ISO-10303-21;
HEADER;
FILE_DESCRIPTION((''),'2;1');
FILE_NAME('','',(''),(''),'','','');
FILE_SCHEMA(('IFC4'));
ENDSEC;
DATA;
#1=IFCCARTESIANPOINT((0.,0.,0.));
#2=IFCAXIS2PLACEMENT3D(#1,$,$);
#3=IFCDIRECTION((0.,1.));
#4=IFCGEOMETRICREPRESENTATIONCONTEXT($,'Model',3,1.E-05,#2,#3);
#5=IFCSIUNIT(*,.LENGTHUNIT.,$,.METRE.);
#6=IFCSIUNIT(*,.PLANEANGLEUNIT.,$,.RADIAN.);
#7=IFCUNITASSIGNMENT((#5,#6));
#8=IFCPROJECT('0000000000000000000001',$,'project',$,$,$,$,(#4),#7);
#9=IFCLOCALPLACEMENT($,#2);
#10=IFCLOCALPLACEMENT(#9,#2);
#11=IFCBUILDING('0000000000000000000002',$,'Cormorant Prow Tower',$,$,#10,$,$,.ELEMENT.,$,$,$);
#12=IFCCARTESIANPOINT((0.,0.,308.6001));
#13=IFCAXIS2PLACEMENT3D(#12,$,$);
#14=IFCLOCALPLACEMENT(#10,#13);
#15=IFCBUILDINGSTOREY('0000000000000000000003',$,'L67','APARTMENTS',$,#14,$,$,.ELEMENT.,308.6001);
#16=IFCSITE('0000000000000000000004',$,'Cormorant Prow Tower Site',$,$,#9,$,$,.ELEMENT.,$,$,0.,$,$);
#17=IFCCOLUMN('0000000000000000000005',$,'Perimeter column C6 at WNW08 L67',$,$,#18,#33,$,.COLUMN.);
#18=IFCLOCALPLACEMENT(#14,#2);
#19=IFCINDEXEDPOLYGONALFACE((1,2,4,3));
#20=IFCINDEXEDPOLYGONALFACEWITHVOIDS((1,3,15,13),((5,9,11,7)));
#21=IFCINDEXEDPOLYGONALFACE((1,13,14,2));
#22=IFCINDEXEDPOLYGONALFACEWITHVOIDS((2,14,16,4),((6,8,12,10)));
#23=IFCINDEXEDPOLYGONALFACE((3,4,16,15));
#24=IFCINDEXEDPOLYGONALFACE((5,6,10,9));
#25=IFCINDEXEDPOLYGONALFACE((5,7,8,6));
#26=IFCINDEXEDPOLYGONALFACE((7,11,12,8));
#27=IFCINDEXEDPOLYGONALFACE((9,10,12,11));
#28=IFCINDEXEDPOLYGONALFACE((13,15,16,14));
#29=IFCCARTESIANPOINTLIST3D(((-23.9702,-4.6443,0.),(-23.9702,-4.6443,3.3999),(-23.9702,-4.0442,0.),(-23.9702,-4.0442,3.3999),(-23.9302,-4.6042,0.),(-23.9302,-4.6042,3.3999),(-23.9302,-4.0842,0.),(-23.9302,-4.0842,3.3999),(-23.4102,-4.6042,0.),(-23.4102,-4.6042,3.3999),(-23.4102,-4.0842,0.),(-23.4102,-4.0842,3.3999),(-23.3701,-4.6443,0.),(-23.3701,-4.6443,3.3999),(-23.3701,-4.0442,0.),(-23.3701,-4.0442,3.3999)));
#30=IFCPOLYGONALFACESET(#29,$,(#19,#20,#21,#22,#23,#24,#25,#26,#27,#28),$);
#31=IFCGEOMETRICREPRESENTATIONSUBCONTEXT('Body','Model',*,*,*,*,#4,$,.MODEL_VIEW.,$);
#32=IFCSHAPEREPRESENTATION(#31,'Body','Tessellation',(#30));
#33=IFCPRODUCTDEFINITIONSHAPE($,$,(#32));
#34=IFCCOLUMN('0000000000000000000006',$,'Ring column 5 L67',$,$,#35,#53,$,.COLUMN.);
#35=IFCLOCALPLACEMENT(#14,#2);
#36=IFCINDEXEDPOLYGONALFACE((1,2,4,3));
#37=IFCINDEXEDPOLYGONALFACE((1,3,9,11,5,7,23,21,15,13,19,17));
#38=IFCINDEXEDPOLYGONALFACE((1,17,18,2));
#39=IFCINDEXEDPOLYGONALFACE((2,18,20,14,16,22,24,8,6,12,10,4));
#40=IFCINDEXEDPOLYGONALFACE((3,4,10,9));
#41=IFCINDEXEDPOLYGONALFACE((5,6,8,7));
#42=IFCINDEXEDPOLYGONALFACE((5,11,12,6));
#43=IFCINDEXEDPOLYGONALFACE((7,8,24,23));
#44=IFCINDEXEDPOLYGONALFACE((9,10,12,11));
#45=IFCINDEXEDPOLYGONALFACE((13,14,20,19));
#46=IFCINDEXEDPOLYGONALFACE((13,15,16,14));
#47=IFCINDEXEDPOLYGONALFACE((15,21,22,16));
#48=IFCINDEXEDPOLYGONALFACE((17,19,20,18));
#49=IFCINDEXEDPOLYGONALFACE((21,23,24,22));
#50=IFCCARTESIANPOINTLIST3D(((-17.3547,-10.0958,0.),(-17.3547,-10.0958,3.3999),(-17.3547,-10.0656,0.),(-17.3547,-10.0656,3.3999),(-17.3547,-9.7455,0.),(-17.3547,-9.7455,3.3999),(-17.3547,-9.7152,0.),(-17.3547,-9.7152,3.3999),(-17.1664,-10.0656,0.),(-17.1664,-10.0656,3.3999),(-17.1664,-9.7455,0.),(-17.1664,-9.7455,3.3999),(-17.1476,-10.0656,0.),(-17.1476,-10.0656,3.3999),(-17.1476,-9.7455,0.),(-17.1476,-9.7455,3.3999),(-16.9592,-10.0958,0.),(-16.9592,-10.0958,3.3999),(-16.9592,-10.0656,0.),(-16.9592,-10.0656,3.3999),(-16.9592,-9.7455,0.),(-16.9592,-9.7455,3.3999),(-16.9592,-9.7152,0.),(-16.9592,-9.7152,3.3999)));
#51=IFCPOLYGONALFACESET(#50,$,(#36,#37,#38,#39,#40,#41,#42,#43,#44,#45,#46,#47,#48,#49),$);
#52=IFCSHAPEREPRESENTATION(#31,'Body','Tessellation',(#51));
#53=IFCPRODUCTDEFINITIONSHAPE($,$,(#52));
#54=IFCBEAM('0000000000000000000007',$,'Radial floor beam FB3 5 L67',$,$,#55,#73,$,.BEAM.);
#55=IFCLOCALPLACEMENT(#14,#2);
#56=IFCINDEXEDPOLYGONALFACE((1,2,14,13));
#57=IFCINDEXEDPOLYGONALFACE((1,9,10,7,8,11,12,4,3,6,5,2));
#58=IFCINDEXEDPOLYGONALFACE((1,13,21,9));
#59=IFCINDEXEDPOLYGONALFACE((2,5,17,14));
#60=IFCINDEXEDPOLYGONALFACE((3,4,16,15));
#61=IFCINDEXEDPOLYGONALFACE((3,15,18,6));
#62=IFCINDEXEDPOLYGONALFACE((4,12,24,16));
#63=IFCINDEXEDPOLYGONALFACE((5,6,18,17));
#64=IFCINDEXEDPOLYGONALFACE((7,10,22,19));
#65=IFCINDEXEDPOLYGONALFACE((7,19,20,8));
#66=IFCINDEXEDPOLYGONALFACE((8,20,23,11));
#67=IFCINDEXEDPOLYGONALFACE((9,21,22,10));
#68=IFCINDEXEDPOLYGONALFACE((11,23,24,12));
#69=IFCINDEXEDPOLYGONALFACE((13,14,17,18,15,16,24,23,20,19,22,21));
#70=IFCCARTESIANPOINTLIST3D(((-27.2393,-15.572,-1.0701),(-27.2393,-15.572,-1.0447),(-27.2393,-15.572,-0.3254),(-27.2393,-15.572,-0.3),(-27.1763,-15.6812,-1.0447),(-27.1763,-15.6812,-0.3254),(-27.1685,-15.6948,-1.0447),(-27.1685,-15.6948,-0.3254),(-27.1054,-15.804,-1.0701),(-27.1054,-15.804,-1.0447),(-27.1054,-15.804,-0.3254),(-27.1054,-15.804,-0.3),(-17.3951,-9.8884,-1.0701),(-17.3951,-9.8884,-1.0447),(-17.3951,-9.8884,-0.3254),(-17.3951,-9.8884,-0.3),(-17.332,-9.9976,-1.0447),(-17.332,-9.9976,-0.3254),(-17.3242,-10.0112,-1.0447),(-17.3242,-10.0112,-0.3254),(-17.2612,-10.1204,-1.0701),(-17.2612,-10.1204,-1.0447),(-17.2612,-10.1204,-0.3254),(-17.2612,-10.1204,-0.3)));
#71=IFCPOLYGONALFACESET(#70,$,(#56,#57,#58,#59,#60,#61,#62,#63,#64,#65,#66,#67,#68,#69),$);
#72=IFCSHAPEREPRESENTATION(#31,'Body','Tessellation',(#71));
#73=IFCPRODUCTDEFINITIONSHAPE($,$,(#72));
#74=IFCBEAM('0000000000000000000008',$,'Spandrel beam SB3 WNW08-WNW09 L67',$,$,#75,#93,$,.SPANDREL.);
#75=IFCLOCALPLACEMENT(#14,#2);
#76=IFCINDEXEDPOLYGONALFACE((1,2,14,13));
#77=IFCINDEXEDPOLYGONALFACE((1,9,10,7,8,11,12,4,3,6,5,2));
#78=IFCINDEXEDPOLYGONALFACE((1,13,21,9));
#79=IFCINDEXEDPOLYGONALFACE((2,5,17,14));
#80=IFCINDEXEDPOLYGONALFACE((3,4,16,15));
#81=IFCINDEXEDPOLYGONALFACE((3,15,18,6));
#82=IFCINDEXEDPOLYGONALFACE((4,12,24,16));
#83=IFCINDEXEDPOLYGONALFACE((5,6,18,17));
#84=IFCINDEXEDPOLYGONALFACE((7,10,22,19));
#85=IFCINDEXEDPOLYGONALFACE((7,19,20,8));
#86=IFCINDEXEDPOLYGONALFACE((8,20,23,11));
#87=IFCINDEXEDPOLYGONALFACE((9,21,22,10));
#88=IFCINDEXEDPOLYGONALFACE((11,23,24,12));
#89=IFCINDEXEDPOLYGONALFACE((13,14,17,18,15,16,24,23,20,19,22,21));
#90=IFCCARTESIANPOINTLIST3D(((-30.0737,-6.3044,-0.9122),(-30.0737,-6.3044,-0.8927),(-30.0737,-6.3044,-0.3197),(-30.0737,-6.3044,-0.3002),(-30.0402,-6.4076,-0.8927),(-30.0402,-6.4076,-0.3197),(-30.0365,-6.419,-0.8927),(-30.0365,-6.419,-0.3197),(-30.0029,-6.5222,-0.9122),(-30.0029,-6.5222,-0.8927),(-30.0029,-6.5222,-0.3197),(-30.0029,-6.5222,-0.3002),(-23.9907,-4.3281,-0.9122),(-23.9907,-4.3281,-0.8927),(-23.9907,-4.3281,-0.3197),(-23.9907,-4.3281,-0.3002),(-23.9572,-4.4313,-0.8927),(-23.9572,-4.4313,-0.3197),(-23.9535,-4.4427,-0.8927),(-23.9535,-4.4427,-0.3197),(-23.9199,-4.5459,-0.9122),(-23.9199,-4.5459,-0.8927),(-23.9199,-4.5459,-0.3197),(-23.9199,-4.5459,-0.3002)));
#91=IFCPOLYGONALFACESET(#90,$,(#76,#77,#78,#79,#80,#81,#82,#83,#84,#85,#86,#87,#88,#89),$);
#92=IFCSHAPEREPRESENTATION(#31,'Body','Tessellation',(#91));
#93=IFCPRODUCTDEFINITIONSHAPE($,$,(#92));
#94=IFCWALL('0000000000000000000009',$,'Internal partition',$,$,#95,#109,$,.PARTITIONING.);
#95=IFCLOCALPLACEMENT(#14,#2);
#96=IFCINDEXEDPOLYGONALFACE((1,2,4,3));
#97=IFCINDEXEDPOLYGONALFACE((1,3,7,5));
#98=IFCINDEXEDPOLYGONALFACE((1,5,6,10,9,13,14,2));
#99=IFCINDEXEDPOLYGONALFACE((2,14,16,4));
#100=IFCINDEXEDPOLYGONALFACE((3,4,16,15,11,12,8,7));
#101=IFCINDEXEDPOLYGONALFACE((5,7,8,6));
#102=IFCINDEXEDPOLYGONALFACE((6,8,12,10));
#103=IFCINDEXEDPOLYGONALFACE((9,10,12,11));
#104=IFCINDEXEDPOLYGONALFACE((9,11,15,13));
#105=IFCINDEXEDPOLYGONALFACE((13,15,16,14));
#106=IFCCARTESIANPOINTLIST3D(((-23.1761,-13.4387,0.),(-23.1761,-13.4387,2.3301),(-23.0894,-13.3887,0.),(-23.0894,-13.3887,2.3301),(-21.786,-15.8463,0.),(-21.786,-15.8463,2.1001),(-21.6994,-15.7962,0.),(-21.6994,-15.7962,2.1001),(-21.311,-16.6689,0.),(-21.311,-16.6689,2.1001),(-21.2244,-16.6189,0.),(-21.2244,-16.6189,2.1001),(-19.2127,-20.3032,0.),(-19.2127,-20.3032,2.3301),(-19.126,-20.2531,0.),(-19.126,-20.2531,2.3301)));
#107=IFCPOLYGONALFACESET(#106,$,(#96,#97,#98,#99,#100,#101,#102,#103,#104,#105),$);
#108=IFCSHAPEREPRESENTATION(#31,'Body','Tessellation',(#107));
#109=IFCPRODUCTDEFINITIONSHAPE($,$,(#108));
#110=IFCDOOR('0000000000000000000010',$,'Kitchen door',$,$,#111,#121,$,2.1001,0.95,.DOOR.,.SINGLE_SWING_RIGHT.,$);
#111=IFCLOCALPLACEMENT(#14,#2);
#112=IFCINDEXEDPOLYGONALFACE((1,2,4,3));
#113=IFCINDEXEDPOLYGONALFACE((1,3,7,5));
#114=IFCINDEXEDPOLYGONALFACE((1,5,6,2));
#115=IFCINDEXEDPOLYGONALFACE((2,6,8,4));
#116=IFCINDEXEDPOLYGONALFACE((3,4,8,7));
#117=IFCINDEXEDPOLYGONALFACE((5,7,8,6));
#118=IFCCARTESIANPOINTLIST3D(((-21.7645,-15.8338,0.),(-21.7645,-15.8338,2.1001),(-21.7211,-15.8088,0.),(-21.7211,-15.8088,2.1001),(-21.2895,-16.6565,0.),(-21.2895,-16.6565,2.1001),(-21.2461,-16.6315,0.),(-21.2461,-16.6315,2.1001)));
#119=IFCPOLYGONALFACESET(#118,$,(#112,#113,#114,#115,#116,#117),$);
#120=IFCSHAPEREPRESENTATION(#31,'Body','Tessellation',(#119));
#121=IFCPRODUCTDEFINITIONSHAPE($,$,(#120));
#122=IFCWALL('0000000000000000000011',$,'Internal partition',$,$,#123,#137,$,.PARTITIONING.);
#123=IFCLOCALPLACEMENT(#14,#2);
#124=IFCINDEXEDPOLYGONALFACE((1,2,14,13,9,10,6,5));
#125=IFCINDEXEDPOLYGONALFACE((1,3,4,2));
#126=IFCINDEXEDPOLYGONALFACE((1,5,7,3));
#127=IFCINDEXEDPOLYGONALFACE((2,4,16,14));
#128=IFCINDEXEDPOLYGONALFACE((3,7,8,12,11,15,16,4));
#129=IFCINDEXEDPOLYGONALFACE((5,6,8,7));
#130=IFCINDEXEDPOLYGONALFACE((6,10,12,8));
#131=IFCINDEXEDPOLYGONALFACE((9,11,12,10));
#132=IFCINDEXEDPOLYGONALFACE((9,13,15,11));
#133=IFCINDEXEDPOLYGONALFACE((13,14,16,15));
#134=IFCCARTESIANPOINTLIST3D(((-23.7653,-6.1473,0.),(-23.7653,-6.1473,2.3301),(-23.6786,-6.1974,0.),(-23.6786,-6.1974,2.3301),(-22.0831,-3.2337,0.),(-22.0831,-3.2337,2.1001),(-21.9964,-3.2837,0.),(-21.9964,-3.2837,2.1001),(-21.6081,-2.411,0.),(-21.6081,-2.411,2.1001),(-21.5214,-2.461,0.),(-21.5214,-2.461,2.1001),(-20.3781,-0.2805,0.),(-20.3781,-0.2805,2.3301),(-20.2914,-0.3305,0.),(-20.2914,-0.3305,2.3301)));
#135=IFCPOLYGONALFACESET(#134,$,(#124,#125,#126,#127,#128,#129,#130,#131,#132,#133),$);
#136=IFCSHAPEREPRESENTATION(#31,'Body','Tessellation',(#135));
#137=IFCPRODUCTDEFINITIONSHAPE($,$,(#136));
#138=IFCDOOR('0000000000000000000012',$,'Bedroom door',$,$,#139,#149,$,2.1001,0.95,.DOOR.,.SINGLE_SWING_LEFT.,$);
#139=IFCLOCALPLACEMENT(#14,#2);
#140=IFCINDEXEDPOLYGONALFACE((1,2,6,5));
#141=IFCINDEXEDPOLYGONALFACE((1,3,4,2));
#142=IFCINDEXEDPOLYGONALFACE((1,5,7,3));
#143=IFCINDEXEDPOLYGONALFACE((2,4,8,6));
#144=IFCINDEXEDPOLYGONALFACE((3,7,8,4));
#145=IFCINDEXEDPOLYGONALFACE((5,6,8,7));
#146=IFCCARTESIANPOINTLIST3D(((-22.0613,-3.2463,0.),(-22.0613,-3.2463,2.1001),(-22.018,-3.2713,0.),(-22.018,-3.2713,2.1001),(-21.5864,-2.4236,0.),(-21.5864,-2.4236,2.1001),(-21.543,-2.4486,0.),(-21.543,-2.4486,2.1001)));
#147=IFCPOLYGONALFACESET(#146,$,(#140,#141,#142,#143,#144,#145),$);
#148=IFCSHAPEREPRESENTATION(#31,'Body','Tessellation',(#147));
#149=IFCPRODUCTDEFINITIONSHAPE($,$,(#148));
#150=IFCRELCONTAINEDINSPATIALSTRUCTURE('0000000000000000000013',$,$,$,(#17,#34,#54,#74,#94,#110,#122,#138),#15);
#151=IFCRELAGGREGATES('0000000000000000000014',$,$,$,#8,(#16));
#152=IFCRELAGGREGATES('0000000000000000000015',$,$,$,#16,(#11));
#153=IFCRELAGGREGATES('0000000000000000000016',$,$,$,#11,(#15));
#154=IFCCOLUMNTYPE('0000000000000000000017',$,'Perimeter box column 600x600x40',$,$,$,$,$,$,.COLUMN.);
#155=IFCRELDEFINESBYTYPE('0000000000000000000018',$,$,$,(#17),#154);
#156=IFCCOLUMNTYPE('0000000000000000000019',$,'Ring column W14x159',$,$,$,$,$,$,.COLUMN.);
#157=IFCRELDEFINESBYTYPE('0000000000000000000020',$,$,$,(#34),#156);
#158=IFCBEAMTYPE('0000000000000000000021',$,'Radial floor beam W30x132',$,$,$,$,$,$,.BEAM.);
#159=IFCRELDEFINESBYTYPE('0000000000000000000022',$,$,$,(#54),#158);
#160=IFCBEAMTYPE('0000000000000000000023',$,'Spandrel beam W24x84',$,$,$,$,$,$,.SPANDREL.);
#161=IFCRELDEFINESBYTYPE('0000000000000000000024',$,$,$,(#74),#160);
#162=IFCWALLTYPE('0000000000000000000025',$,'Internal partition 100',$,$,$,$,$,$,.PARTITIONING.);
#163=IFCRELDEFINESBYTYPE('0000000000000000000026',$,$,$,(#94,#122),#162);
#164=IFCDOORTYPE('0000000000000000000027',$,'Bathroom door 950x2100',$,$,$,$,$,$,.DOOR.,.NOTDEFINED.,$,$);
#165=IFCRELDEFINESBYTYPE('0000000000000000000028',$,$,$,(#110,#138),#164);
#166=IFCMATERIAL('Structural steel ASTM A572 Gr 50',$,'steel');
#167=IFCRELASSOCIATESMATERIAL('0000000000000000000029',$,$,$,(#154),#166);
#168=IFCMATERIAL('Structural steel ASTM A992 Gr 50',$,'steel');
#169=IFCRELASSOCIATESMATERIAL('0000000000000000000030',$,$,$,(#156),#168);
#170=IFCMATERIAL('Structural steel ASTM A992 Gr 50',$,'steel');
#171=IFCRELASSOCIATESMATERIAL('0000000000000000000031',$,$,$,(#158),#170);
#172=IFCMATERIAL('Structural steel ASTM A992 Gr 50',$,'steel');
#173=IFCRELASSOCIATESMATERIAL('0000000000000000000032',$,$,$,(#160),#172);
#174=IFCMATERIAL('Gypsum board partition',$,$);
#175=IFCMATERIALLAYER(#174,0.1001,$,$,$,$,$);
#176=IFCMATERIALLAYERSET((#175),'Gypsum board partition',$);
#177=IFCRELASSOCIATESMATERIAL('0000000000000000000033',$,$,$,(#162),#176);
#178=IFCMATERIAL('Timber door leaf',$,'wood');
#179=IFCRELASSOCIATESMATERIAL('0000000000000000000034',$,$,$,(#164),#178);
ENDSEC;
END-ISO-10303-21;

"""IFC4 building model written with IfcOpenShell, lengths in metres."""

from ifc_helpers import new_model, si_unit, direction, frame, frame_2d, origin, origin_2d, place, context, subcontext, project, spatial, rectangle, hollow_rectangle, i_section, extrude, material, layer, layer_set, material_profile, profile_set, type_object, element, fill, save


model = new_model("IFC4")

# Units and contexts
model_context = context("Model", 3, precision=1e-05, world=origin(), true_north=direction((0.0, 1.0)))
body_context = subcontext(model_context, "Body", "Model", "MODEL_VIEW")
ifc_project = project(units=[si_unit("LENGTHUNIT", "METRE"), si_unit("PLANEANGLEUNIT", "RADIAN")], contexts=[model_context])

# Site, building, storey
site_placement = place(None, origin())
site = spatial("IfcSite", under=ifc_project, at=site_placement, Name="Cormorant Prow Tower Site", CompositionType="ELEMENT", RefElevation=0.0)
building_placement = place(site_placement, origin())
building = spatial("IfcBuilding", under=site, at=building_placement, Name="Cormorant Prow Tower", CompositionType="ELEMENT")
storey_placement = place(building_placement, frame((0.0, 0.0, 308.6001)))
storey = spatial("IfcBuildingStorey", under=building, at=storey_placement, Name="L67", Description="APARTMENTS", CompositionType="ELEMENT", Elevation=308.6001)

# Columns
ifc_material_1 = material(Name="Structural steel ASTM A572 Gr 50", Category="steel")
ifc_material_profile_1 = material_profile(ifc_material_1, hollow_rectangle(XDim=0.6001, YDim=0.6001, WallThickness=0.04, at=origin_2d()), Name="Box 600x600x40")
ifc_profile_set_1 = profile_set([ifc_material_profile_1], Name="Structural steel ASTM A572 Gr 50")
column_type_1 = type_object("IfcColumnType", Name="Perimeter box column 600x600x40", PredefinedType="COLUMN", material=ifc_profile_set_1)
column_1_placement = place(storey_placement, frame((-23.6702, -4.3442, 0.0), z_axis=(0.0, 0.0, 1.0), x_axis=(1.0, 0.0, 0.0)))
element("IfcColumn", 1, at=column_1_placement, inside=storey, type_object=column_type_1, Name="Perimeter column C6 at WNW08 L67", PredefinedType="COLUMN", context=body_context, shape_type="SweptSolid", body=[
    extrude(hollow_rectangle(XDim=0.6001, YDim=0.6001, WallThickness=0.04, at=origin_2d()), origin(), (0.0, 0.0, 1.0), 3.3999),
])
ifc_material_2 = material(Name="Structural steel ASTM A992 Gr 50", Category="steel")
ifc_material_profile_2 = material_profile(ifc_material_2, i_section(OverallWidth=0.3955, OverallDepth=0.3806, WebThickness=0.0188, FlangeThickness=0.0303, at=origin_2d()), Name="W14x159")
ifc_profile_set_2 = profile_set([ifc_material_profile_2], Name="Structural steel ASTM A992 Gr 50")
column_type_2 = type_object("IfcColumnType", Name="Ring column W14x159", PredefinedType="COLUMN", material=ifc_profile_set_2)
column_2_placement = place(storey_placement, frame((-17.157, -9.9055, 0.0), z_axis=(0.0, 0.0, 1.0), x_axis=(1.0, 0.0, 0.0)))
element("IfcColumn", 2, at=column_2_placement, inside=storey, type_object=column_type_2, Name="Ring column 5 L67", PredefinedType="COLUMN", context=body_context, shape_type="SweptSolid", body=[
    extrude(i_section(OverallWidth=0.3955, OverallDepth=0.3806, WebThickness=0.0188, FlangeThickness=0.0303, at=origin_2d()), origin(), (0.0, 0.0, 1.0), 3.3999),
])

# Beams
ifc_material_3 = material(Name="Structural steel ASTM A992 Gr 50", Category="steel")
ifc_material_profile_3 = material_profile(ifc_material_3, i_section(OverallWidth=0.2678, OverallDepth=0.77, WebThickness=0.0156, FlangeThickness=0.0254, at=origin_2d()), Name="W30x132")
ifc_profile_set_3 = profile_set([ifc_material_profile_3], Name="Structural steel ASTM A992 Gr 50")
beam_type_1 = type_object("IfcBeamType", Name="Radial floor beam W30x132", PredefinedType="BEAM", material=ifc_profile_set_3)
beam_1_placement = place(storey_placement, frame((-17.3281, -10.0044, -0.6851), z_axis=(-0.866025, -0.500001, 0.0), x_axis=(0.500001, -0.866025, 0.0)))
element("IfcBeam", 3, at=beam_1_placement, inside=storey, type_object=beam_type_1, Name="Radial floor beam FB3 5 L67", PredefinedType="BEAM", context=body_context, shape_type="SweptSolid", body=[
    extrude(i_section(OverallWidth=0.2678, OverallDepth=0.77, WebThickness=0.0156, FlangeThickness=0.0254, at=origin_2d()), origin(), (0.0, 0.0, 1.0), 11.3672),
])
ifc_material_4 = material(Name="Structural steel ASTM A992 Gr 50", Category="steel")
ifc_material_profile_4 = material_profile(ifc_material_4, i_section(OverallWidth=0.229, OverallDepth=0.6121, WebThickness=0.012, FlangeThickness=0.0195, at=origin_2d()), Name="W24x84")
ifc_profile_set_4 = profile_set([ifc_material_profile_4], Name="Structural steel ASTM A992 Gr 50")
beam_type_2 = type_object("IfcBeamType", Name="Spandrel beam W24x84", PredefinedType="SPANDREL", material=ifc_profile_set_4)
beam_2_placement = place(storey_placement, frame((-23.9553, -4.437, -0.6062), z_axis=(-0.951064, -0.308993, 0.0), x_axis=(0.308993, -0.951064, 0.0)))
element("IfcBeam", 4, at=beam_2_placement, inside=storey, type_object=beam_type_2, Name="Spandrel beam SB3 WNW08-WNW09 L67", PredefinedType="SPANDREL", context=body_context, shape_type="SweptSolid", body=[
    extrude(i_section(OverallWidth=0.229, OverallDepth=0.6121, WebThickness=0.012, FlangeThickness=0.0195, at=origin_2d()), origin(), (0.0, 0.0, 1.0), 6.396),
])

# Walls, openings, doors
ifc_material_5 = material(Name="Gypsum board partition")
ifc_layer = layer(ifc_material_5, 0.1001)
ifc_layer_set = layer_set([ifc_layer], Name="Gypsum board partition")
wall_type = type_object("IfcWallType", Name="Internal partition 100", PredefinedType="PARTITIONING", material=ifc_layer_set)
wall_1_placement = place(storey_placement, frame((-23.1328, -13.4136, 0.0), z_axis=(0.0, 0.0, 1.0), x_axis=(0.500015, -0.866017, 0.0)))
wall_1 = element("IfcWall", 5, at=wall_1_placement, inside=storey, type_object=wall_type, Name="Internal partition", PredefinedType="PARTITIONING", context=body_context, shape_type="SweptSolid", body=[
    extrude(rectangle(XDim=7.9265, YDim=0.1001, at=frame_2d((3.9634, 0.0))), origin(), (0.0, 0.0, 1.0), 2.3301),
])
opening_1_placement = place(wall_1_placement, frame((2.78, 0.0, 0.0)))
opening_1 = element("IfcOpeningElement", 6, at=opening_1_placement, cuts=wall_1, PredefinedType="OPENING", context=body_context, shape_type="SweptSolid", body=[
    extrude(rectangle(XDim=0.95, YDim=2.1001, at=frame_2d((0.4751, 1.05))), frame((0.0, 0.0601, 0.0), z_axis=(0.0, -1.0, 0.0), x_axis=(1.0, 0.0, 0.0)), (0.0, 0.0, 1.0), 0.1201),
])
ifc_material_6 = material(Name="Timber door leaf", Category="wood")
door_type = type_object("IfcDoorType", Name="Bathroom door 950x2100", OperationType="NOTDEFINED", PredefinedType="DOOR", material=ifc_material_6)
door_1_placement = place(opening_1_placement, origin())
door_1 = element("IfcDoor", 7, at=door_1_placement, inside=storey, type_object=door_type, Name="Kitchen door", OperationType="SINGLE_SWING_RIGHT", OverallHeight=2.1001, OverallWidth=0.95, PredefinedType="DOOR", context=body_context, shape_type="SweptSolid", body=[
    extrude(rectangle(XDim=0.95, YDim=2.1001, at=frame_2d((0.4751, 1.05))), frame((0.0, 0.0249, 0.0), z_axis=(0.0, -1.0, 0.0), x_axis=(1.0, 0.0, 0.0)), (0.0, 0.0, 1.0), 0.05),
])
fill(opening_1, door_1)
wall_2_placement = place(storey_placement, frame((-23.7219, -6.1724, 0.0), z_axis=(0.0, 0.0, 1.0), x_axis=(0.499992, 0.86603, 0.0)))
wall_2 = element("IfcWall", 8, at=wall_2_placement, inside=storey, type_object=wall_type, Name="Internal partition", PredefinedType="PARTITIONING", context=body_context, shape_type="SweptSolid", body=[
    extrude(rectangle(XDim=6.7744, YDim=0.1001, at=frame_2d((3.3872, 0.0))), origin(), (0.0, 0.0, 1.0), 2.3301),
])
opening_2_placement = place(wall_2_placement, frame((3.3643, 0.0, 0.0)))
opening_2 = element("IfcOpeningElement", 9, at=opening_2_placement, cuts=wall_2, PredefinedType="OPENING", context=body_context, shape_type="SweptSolid", body=[
    extrude(rectangle(XDim=0.95, YDim=2.1001, at=frame_2d((0.4751, 1.05))), frame((0.0, 0.0601, 0.0), z_axis=(0.0, -1.0, 0.0), x_axis=(1.0, 0.0, 0.0)), (0.0, 0.0, 1.0), 0.1201),
])
door_2_placement = place(opening_2_placement, origin())
door_2 = element("IfcDoor", 10, at=door_2_placement, inside=storey, type_object=door_type, Name="Bedroom door", OperationType="SINGLE_SWING_LEFT", OverallHeight=2.1001, OverallWidth=0.95, PredefinedType="DOOR", context=body_context, shape_type="SweptSolid", body=[
    extrude(rectangle(XDim=0.95, YDim=2.1001, at=frame_2d((0.4751, 1.05))), frame((0.0, 0.0249, 0.0), z_axis=(0.0, -1.0, 0.0), x_axis=(1.0, 0.0, 0.0)), (0.0, 0.0, 1.0), 0.05),
])
fill(opening_2, door_2)

save(model, "model.ifc")
